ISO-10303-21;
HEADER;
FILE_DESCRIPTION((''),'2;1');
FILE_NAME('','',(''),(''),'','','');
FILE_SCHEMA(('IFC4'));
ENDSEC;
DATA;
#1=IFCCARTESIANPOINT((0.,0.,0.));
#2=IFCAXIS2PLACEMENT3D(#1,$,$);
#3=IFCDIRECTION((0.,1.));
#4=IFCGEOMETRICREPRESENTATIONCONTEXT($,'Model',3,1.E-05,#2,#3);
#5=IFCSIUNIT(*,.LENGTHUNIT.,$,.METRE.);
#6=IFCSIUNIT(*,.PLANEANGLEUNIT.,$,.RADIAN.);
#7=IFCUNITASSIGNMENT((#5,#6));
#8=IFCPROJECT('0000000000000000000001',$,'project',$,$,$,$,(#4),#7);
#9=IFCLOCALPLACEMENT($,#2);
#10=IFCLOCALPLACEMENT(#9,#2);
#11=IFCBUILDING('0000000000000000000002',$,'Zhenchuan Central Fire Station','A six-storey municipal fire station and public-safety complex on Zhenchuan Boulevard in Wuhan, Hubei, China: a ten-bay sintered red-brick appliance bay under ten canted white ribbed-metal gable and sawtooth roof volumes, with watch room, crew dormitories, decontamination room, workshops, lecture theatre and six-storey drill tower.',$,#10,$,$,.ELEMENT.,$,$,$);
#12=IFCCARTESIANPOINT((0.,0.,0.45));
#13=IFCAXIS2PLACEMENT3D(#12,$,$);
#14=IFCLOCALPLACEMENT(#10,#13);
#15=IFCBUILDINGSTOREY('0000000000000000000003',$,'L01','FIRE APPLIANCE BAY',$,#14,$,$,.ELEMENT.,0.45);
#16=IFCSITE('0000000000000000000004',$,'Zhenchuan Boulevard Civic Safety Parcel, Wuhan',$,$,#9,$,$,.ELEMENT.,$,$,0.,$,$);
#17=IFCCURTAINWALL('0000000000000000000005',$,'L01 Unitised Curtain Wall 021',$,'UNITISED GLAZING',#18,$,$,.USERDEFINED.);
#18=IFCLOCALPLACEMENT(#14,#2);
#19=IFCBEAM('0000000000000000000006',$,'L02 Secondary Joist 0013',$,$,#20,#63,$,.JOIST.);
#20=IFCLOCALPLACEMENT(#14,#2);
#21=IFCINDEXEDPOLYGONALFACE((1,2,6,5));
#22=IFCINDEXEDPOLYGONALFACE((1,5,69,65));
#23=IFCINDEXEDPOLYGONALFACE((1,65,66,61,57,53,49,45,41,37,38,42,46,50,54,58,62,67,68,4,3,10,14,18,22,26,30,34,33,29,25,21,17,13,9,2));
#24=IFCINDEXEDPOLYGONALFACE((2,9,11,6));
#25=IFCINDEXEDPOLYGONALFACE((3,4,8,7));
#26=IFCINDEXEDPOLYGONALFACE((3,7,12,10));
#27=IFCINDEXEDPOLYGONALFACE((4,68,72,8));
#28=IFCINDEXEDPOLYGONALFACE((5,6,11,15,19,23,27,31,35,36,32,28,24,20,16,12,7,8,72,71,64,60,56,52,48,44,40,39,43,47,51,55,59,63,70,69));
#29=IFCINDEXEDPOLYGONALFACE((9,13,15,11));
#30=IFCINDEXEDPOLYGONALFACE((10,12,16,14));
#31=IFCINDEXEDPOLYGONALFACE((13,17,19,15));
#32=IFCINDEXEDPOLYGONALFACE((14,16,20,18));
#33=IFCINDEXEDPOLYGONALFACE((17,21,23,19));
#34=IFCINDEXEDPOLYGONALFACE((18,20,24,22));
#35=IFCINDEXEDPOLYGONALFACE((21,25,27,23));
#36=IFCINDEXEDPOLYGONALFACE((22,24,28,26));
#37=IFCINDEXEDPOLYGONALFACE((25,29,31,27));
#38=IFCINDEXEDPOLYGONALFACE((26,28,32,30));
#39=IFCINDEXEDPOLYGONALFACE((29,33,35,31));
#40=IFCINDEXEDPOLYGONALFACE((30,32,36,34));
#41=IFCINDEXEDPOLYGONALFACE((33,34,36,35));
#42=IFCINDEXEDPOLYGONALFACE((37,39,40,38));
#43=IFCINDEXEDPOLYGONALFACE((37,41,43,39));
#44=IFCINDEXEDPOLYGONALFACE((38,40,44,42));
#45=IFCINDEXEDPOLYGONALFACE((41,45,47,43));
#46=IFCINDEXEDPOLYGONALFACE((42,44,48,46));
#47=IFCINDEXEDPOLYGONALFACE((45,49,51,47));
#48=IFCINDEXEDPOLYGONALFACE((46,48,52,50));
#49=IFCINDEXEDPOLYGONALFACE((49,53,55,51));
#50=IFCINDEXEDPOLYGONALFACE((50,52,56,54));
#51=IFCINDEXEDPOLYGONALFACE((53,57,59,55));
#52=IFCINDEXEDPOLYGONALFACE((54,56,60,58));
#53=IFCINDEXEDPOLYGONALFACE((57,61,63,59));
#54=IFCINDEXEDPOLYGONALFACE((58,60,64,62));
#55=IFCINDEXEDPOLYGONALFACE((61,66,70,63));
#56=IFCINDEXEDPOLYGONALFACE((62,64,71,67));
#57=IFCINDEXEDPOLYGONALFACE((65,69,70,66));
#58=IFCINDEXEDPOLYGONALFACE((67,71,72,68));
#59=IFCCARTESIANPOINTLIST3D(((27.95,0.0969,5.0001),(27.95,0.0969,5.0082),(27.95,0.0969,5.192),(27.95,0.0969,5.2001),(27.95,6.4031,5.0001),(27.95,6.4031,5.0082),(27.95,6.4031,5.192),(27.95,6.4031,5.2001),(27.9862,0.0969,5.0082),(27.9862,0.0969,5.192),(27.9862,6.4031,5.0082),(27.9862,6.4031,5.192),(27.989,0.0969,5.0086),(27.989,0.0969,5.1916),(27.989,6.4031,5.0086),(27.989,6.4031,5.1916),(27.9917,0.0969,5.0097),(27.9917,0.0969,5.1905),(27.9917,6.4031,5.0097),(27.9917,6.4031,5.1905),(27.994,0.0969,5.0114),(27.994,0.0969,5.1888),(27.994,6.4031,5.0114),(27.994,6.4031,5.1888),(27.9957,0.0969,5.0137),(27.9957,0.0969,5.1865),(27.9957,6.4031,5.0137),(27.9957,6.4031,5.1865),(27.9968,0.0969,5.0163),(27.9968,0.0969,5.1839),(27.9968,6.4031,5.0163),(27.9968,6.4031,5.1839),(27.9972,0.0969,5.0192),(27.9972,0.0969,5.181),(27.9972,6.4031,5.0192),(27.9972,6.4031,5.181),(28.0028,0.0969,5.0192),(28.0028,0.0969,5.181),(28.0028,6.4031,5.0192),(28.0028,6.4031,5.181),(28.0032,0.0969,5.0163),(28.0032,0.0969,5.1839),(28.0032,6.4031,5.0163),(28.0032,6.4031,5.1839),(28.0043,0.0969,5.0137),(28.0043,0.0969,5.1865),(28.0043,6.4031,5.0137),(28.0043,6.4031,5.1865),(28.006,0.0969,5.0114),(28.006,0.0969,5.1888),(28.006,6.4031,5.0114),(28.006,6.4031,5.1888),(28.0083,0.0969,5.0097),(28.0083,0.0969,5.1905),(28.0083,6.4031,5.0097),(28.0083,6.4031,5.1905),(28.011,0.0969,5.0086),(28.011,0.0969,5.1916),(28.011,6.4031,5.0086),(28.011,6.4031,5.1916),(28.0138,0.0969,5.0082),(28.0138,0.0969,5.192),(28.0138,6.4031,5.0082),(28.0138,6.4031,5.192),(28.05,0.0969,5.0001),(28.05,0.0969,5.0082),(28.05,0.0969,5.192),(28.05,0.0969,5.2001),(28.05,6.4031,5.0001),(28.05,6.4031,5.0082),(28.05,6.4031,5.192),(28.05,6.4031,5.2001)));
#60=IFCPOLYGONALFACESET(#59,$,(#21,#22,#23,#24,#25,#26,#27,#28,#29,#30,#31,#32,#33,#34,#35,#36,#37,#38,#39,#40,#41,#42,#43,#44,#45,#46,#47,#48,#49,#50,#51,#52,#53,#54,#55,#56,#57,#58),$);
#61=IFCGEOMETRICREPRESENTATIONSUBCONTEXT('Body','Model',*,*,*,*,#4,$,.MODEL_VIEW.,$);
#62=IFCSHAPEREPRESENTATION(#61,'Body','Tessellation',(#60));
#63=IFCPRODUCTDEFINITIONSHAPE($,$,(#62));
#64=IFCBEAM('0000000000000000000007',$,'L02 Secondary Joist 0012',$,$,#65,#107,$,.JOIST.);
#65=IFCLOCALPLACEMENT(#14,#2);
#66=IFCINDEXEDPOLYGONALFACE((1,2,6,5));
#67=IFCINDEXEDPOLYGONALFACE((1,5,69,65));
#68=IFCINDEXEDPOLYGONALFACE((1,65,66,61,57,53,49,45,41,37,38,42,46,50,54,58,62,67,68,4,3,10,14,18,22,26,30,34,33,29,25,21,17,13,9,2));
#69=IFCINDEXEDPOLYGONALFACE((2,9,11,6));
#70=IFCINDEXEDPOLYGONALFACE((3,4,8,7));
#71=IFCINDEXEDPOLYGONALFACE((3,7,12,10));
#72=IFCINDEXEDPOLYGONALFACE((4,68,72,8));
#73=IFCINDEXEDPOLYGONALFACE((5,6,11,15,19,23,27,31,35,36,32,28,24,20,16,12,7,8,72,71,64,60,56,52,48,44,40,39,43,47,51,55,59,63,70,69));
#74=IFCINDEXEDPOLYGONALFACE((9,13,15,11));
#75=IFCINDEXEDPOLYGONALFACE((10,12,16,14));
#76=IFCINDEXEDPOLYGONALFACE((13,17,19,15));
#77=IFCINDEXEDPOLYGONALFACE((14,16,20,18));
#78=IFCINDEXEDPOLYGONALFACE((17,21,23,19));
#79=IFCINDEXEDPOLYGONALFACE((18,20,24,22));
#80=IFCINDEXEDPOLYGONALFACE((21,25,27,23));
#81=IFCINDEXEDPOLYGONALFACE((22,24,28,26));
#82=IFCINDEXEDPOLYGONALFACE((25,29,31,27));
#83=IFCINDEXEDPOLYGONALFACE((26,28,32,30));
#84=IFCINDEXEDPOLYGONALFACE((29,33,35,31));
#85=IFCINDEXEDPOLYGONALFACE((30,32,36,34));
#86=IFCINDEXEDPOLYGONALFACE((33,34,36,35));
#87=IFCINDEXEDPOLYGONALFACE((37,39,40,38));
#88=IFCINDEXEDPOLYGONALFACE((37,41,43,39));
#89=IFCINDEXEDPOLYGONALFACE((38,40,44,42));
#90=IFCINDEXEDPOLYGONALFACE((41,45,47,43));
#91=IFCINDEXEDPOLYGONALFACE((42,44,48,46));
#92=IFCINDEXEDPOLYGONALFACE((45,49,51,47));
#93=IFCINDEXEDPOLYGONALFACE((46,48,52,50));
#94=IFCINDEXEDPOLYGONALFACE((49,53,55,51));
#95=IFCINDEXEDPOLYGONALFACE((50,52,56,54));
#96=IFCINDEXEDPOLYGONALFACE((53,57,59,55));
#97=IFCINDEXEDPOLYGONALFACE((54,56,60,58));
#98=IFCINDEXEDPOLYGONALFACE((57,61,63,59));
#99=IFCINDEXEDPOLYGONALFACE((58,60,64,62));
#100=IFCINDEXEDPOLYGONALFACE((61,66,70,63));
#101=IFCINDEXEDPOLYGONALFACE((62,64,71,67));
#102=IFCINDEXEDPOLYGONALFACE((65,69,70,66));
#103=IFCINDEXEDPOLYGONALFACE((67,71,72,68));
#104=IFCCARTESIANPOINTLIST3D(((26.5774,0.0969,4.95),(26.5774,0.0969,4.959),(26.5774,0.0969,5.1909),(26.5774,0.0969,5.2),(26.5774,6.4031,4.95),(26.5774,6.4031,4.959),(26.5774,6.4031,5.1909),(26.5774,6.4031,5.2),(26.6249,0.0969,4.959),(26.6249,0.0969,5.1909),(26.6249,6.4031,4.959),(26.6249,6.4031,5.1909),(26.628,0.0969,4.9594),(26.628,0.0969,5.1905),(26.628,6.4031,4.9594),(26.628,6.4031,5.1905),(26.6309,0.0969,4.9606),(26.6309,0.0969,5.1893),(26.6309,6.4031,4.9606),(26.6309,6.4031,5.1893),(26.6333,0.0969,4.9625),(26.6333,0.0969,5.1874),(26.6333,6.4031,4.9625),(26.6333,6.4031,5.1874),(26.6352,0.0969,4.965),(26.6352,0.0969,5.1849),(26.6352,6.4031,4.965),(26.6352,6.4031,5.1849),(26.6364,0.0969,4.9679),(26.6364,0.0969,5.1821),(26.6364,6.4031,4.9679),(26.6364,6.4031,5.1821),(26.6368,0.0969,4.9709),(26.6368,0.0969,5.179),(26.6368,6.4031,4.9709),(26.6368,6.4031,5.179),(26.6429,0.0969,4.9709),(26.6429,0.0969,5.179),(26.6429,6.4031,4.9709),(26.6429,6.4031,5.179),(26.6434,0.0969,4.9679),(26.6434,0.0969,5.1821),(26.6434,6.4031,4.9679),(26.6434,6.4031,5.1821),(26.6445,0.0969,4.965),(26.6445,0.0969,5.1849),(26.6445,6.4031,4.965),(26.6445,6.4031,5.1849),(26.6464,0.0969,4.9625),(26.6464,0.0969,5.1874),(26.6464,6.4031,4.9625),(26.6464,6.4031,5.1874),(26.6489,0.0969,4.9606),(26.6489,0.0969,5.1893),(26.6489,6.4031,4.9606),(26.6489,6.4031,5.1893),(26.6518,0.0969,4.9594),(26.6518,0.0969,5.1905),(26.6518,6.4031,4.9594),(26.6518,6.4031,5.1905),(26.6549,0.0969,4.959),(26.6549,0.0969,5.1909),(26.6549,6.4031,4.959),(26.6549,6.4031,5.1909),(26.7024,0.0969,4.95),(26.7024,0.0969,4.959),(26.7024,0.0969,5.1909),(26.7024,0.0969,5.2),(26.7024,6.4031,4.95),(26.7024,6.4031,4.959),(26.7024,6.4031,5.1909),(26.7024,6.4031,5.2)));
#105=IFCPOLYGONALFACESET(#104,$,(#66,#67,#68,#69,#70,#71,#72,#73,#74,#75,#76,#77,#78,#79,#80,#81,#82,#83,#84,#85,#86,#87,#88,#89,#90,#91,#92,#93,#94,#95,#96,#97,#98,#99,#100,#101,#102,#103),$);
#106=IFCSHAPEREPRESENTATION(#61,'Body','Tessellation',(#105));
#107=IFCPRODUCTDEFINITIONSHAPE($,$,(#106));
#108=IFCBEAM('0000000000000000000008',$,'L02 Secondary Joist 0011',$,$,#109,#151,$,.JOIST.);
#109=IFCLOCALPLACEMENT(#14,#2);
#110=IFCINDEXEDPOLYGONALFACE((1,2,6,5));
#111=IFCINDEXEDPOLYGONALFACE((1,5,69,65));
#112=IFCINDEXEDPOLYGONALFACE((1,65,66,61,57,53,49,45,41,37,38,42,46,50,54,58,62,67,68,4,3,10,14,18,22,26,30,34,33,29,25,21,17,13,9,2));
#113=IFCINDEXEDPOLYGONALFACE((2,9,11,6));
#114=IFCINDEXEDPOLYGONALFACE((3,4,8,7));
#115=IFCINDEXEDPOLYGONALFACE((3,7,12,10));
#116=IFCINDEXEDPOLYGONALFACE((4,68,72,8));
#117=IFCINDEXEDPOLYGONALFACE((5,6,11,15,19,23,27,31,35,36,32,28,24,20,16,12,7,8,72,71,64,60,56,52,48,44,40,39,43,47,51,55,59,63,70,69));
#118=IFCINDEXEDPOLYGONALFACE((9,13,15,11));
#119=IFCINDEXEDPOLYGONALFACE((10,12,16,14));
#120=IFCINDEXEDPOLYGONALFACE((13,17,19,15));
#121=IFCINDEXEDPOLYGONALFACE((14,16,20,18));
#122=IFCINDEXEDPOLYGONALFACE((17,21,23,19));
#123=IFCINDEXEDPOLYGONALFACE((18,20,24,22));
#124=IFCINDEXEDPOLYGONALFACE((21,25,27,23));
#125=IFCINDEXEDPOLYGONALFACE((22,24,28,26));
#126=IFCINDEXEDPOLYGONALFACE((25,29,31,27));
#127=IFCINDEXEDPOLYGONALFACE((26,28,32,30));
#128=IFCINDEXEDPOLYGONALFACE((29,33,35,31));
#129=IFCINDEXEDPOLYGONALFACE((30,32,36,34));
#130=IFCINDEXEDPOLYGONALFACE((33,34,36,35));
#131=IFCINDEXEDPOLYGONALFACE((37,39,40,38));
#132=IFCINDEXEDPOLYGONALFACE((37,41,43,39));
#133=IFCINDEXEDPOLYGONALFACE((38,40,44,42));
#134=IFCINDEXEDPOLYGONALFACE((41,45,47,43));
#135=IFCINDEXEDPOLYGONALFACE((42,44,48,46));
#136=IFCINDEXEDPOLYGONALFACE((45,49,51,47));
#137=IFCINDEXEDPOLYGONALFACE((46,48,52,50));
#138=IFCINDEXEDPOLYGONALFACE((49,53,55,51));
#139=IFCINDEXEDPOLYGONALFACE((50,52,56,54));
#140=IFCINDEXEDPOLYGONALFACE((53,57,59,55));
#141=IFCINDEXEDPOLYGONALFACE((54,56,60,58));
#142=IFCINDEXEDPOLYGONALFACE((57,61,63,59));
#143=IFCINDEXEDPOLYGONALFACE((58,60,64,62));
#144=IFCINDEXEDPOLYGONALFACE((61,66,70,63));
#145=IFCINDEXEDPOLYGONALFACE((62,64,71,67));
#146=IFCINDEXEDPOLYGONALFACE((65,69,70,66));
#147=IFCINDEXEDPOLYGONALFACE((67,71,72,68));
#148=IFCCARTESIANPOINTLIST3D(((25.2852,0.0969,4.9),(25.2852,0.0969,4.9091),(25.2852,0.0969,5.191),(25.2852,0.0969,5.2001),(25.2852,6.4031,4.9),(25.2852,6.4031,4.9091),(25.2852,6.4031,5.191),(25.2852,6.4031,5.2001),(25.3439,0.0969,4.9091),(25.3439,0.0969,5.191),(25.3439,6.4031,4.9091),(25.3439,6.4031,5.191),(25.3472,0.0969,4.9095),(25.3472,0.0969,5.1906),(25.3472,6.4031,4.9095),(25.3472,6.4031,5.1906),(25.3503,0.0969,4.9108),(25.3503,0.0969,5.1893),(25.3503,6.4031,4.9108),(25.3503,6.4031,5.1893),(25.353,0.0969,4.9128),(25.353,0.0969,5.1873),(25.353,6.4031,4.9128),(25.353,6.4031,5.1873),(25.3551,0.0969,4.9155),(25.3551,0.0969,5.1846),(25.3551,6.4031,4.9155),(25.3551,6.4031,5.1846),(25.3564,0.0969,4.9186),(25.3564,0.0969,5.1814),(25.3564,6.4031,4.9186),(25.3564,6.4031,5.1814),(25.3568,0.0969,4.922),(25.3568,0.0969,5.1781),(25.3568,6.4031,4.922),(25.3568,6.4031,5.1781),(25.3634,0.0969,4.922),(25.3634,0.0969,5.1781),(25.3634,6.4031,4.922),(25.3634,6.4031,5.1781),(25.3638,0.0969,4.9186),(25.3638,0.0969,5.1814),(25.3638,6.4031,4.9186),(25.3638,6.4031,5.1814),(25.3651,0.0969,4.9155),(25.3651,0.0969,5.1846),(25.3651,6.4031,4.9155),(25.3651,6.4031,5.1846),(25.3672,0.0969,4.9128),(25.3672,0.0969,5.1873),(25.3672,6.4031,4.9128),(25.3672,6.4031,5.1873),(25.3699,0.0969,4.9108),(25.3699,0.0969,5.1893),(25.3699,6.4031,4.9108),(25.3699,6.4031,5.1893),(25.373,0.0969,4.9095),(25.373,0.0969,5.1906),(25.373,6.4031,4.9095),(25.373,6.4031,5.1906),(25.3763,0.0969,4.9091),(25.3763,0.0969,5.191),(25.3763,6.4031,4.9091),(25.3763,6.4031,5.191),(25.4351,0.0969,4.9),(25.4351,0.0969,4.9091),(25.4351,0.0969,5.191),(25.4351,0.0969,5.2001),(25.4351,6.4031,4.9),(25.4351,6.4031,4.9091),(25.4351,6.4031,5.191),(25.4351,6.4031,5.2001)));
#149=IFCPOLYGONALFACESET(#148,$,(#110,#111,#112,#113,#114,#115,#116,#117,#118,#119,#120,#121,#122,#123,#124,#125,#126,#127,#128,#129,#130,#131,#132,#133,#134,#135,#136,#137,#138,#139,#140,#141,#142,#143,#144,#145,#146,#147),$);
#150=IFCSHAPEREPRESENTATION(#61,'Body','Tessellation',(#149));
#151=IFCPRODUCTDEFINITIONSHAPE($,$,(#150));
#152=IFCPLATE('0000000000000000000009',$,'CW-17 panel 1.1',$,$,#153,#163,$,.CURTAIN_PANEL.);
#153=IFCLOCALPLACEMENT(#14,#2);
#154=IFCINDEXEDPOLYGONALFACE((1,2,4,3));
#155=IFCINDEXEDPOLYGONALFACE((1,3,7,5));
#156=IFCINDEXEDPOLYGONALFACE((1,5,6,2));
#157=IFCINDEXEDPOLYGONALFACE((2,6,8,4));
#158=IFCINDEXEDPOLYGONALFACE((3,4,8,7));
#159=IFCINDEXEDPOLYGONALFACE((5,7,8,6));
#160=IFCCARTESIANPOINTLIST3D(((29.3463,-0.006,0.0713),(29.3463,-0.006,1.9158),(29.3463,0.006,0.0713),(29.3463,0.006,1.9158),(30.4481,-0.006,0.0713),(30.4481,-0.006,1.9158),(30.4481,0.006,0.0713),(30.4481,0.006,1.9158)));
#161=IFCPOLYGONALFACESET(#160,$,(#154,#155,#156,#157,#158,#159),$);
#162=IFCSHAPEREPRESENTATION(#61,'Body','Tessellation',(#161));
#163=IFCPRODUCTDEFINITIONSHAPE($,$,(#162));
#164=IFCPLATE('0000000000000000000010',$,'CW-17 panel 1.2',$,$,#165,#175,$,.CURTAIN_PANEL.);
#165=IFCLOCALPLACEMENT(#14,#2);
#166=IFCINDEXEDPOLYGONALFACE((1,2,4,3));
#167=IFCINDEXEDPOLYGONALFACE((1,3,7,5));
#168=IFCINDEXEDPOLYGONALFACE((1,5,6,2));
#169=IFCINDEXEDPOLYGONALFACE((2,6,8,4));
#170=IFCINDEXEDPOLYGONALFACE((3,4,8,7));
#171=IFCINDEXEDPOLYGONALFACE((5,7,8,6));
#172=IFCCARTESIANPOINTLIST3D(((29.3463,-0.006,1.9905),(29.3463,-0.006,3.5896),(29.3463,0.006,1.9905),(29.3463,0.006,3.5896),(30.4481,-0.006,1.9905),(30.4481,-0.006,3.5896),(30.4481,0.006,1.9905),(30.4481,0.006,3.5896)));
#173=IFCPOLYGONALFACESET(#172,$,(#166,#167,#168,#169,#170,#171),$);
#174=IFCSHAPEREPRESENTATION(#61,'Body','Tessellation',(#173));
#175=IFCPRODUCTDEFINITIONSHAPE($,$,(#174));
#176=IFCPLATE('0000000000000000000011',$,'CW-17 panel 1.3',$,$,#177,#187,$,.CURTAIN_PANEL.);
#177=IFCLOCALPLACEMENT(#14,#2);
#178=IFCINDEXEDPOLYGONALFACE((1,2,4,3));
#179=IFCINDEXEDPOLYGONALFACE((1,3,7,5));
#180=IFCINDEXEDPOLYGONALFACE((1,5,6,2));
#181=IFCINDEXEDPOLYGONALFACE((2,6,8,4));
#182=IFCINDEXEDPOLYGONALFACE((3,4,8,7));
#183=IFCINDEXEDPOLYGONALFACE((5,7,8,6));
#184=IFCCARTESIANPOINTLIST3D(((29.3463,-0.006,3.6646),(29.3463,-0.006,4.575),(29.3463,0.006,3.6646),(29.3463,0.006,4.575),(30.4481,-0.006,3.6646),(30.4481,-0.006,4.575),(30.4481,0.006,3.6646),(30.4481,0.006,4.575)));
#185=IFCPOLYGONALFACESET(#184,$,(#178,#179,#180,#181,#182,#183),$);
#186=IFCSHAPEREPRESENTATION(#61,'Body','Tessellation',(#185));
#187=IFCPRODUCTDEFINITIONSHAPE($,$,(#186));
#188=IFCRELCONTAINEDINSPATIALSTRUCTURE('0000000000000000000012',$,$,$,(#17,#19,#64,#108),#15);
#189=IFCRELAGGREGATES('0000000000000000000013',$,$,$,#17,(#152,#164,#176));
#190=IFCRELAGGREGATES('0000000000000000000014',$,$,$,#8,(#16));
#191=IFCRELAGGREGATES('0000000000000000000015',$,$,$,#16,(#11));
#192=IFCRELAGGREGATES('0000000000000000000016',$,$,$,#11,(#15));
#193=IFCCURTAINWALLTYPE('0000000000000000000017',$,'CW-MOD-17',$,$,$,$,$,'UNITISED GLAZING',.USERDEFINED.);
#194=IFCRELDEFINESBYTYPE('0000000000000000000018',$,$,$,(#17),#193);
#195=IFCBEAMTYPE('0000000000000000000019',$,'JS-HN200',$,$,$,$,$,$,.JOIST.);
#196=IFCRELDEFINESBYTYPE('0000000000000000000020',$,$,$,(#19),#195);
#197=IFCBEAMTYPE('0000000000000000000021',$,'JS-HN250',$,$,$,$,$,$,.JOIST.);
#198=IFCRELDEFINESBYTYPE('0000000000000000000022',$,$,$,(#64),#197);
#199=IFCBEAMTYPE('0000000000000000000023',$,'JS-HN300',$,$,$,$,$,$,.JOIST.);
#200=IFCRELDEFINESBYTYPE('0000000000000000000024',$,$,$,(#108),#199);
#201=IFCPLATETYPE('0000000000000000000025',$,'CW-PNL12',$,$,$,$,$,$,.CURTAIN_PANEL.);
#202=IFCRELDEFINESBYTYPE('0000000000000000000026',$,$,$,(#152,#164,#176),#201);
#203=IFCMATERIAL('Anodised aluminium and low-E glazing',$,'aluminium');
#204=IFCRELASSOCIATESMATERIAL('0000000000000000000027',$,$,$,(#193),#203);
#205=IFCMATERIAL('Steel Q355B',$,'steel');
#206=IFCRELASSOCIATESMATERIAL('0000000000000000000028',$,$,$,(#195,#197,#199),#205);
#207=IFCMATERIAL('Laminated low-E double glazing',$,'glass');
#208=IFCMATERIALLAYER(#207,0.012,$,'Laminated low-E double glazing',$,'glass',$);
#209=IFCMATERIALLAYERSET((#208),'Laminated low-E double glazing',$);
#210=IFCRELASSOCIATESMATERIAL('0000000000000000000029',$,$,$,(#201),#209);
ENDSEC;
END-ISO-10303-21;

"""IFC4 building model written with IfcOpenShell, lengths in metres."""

from ifc_helpers import new_model, si_unit, direction, frame, origin, origin_2d, place, context, subcontext, project, spatial, rectangle, i_section, extrude, material, layer, layer_set, material_profile, profile_set, type_object, element, aggregate, save


model = new_model("IFC4")

# Units and contexts
model_context = context("Model", 3, precision=1e-05, world=origin(), true_north=direction((0.0, 1.0)))
body_context = subcontext(model_context, "Body", "Model", "MODEL_VIEW")
ifc_project = project(units=[si_unit("LENGTHUNIT", "METRE"), si_unit("PLANEANGLEUNIT", "RADIAN")], contexts=[model_context])

# Site, building, storey
site_placement = place(None, origin())
site = spatial("IfcSite", under=ifc_project, at=site_placement, Name="Zhenchuan Boulevard Civic Safety Parcel, Wuhan", CompositionType="ELEMENT", RefElevation=0.0)
building_placement = place(site_placement, origin())
building = spatial("IfcBuilding", under=site, at=building_placement, Name="Zhenchuan Central Fire Station", Description="A six-storey municipal fire station and public-safety complex on Zhenchuan Boulevard in Wuhan, Hubei, China: a ten-bay sintered red-brick appliance bay under ten canted white ribbed-metal gable and sawtooth roof volumes, with watch room, crew dormitories, decontamination room, workshops, lecture theatre and six-storey drill tower.", CompositionType="ELEMENT")
storey_placement = place(building_placement, frame((0.0, 0.0, 0.45)))
storey = spatial("IfcBuildingStorey", under=building, at=storey_placement, Name="L01", Description="FIRE APPLIANCE BAY", CompositionType="ELEMENT", Elevation=0.45)

# Shared definitions
ifc_material_1 = material(Name="Steel Q355B", Category="steel")

# Curtain wall
ifc_material_2 = material(Name="Anodised aluminium and low-E glazing", Category="aluminium")
curtain_wall_type = type_object("IfcCurtainWallType", Name="CW-MOD-17", ElementType="UNITISED GLAZING", PredefinedType="USERDEFINED", material=ifc_material_2)
curtain_wall_placement = place(storey_placement, origin())
curtain_wall = element("IfcCurtainWall", 1, at=curtain_wall_placement, inside=storey, type_object=curtain_wall_type, Name="L01 Unitised Curtain Wall 021", ObjectType="UNITISED GLAZING", PredefinedType="USERDEFINED")

# Beams
ifc_material_profile_1 = material_profile(ifc_material_1, i_section(OverallWidth=0.1001, OverallDepth=0.2, WebThickness=0.0056, FlangeThickness=0.0081, FilletRadius=0.011, at=origin_2d()), Name="HN 200x100")
ifc_profile_set_1 = profile_set([ifc_material_profile_1], Name="Steel Q355B")
beam_type_1 = type_object("IfcBeamType", Name="JS-HN200", PredefinedType="JOIST", material=ifc_profile_set_1)
beam_1_placement = place(storey_placement, frame((28.0, 0.0969, 5.1001), z_axis=(0.0, 1.0, 0.0), x_axis=(-1.0, 0.0, 0.0)))
element("IfcBeam", 2, at=beam_1_placement, inside=storey, type_object=beam_type_1, Name="L02 Secondary Joist 0013", PredefinedType="JOIST", context=body_context, shape_type="SweptSolid", body=[
    extrude(i_section(OverallWidth=0.1001, OverallDepth=0.2, WebThickness=0.0056, FlangeThickness=0.0081, FilletRadius=0.011, at=origin_2d()), origin(), (0.0, 0.0, 1.0), 6.3062),
])
ifc_material_profile_2 = material_profile(ifc_material_1, i_section(OverallWidth=0.125, OverallDepth=0.25, WebThickness=0.0061, FlangeThickness=0.009, FilletRadius=0.012, at=origin_2d()), Name="HN 250x125")
ifc_profile_set_2 = profile_set([ifc_material_profile_2], Name="Steel Q355B")
beam_type_2 = type_object("IfcBeamType", Name="JS-HN250", PredefinedType="JOIST", material=ifc_profile_set_2)
beam_2_placement = place(storey_placement, frame((26.6399, 0.0969, 5.075), z_axis=(0.0, 1.0, 0.0), x_axis=(-1.0, 0.0, 0.0)))
element("IfcBeam", 3, at=beam_2_placement, inside=storey, type_object=beam_type_2, Name="L02 Secondary Joist 0012", PredefinedType="JOIST", context=body_context, shape_type="SweptSolid", body=[
    extrude(i_section(OverallWidth=0.125, OverallDepth=0.25, WebThickness=0.0061, FlangeThickness=0.009, FilletRadius=0.012, at=origin_2d()), origin(), (0.0, 0.0, 1.0), 6.3062),
])
ifc_material_profile_3 = material_profile(ifc_material_1, i_section(OverallWidth=0.1499, OverallDepth=0.3, WebThickness=0.0066, FlangeThickness=0.009, FilletRadius=0.0129, at=origin_2d()), Name="HN 300x150")
ifc_profile_set_3 = profile_set([ifc_material_profile_3], Name="Steel Q355B")
beam_type_3 = type_object("IfcBeamType", Name="JS-HN300", PredefinedType="JOIST", material=ifc_profile_set_3)
beam_3_placement = place(storey_placement, frame((25.3601, 0.0969, 5.05), z_axis=(0.0, 1.0, 0.0), x_axis=(-1.0, 0.0, 0.0)))
element("IfcBeam", 4, at=beam_3_placement, inside=storey, type_object=beam_type_3, Name="L02 Secondary Joist 0011", PredefinedType="JOIST", context=body_context, shape_type="SweptSolid", body=[
    extrude(i_section(OverallWidth=0.1499, OverallDepth=0.3, WebThickness=0.0066, FlangeThickness=0.009, FilletRadius=0.0129, at=origin_2d()), origin(), (0.0, 0.0, 1.0), 6.3062),
])

# Plates
ifc_material_3 = material(Name="Laminated low-E double glazing", Category="glass")
ifc_layer_1 = layer(ifc_material_3, 0.012, Name="Laminated low-E double glazing", Category="glass")
ifc_layer_set_1 = layer_set([ifc_layer_1], Name="Laminated low-E double glazing")
plate_type = type_object("IfcPlateType", Name="CW-PNL12", PredefinedType="CURTAIN_PANEL", material=ifc_layer_set_1)
plate_1_placement = place(storey_placement, frame((29.8972, 0.0, 0.0713), z_axis=(0.0, 0.0, 1.0), x_axis=(1.0, 0.0, 0.0)))
plate_1 = element("IfcPlate", 5, at=plate_1_placement, type_object=plate_type, Name="CW-17 panel 1.1", PredefinedType="CURTAIN_PANEL", context=body_context, shape_type="SweptSolid", body=[
    extrude(rectangle(XDim=1.1018, YDim=0.012, at=origin_2d()), origin(), (0.0, 0.0, 1.0), 1.8445),
])
plate_2_placement = place(storey_placement, frame((29.8972, 0.0, 1.9905), z_axis=(0.0, 0.0, 1.0), x_axis=(1.0, 0.0, 0.0)))
plate_2 = element("IfcPlate", 6, at=plate_2_placement, type_object=plate_type, Name="CW-17 panel 1.2", PredefinedType="CURTAIN_PANEL", context=body_context, shape_type="SweptSolid", body=[
    extrude(rectangle(XDim=1.1018, YDim=0.012, at=origin_2d()), origin(), (0.0, 0.0, 1.0), 1.5991),
])
plate_3_placement = place(storey_placement, frame((29.8972, 0.0, 3.6646), z_axis=(0.0, 0.0, 1.0), x_axis=(1.0, 0.0, 0.0)))
plate_3 = element("IfcPlate", 7, at=plate_3_placement, type_object=plate_type, Name="CW-17 panel 1.3", PredefinedType="CURTAIN_PANEL", context=body_context, shape_type="SweptSolid", body=[
    extrude(rectangle(XDim=1.1018, YDim=0.012, at=origin_2d()), origin(), (0.0, 0.0, 1.0), 0.9104),
])
aggregate(curtain_wall, [plate_1, plate_2, plate_3])

save(model, "model.ifc")
